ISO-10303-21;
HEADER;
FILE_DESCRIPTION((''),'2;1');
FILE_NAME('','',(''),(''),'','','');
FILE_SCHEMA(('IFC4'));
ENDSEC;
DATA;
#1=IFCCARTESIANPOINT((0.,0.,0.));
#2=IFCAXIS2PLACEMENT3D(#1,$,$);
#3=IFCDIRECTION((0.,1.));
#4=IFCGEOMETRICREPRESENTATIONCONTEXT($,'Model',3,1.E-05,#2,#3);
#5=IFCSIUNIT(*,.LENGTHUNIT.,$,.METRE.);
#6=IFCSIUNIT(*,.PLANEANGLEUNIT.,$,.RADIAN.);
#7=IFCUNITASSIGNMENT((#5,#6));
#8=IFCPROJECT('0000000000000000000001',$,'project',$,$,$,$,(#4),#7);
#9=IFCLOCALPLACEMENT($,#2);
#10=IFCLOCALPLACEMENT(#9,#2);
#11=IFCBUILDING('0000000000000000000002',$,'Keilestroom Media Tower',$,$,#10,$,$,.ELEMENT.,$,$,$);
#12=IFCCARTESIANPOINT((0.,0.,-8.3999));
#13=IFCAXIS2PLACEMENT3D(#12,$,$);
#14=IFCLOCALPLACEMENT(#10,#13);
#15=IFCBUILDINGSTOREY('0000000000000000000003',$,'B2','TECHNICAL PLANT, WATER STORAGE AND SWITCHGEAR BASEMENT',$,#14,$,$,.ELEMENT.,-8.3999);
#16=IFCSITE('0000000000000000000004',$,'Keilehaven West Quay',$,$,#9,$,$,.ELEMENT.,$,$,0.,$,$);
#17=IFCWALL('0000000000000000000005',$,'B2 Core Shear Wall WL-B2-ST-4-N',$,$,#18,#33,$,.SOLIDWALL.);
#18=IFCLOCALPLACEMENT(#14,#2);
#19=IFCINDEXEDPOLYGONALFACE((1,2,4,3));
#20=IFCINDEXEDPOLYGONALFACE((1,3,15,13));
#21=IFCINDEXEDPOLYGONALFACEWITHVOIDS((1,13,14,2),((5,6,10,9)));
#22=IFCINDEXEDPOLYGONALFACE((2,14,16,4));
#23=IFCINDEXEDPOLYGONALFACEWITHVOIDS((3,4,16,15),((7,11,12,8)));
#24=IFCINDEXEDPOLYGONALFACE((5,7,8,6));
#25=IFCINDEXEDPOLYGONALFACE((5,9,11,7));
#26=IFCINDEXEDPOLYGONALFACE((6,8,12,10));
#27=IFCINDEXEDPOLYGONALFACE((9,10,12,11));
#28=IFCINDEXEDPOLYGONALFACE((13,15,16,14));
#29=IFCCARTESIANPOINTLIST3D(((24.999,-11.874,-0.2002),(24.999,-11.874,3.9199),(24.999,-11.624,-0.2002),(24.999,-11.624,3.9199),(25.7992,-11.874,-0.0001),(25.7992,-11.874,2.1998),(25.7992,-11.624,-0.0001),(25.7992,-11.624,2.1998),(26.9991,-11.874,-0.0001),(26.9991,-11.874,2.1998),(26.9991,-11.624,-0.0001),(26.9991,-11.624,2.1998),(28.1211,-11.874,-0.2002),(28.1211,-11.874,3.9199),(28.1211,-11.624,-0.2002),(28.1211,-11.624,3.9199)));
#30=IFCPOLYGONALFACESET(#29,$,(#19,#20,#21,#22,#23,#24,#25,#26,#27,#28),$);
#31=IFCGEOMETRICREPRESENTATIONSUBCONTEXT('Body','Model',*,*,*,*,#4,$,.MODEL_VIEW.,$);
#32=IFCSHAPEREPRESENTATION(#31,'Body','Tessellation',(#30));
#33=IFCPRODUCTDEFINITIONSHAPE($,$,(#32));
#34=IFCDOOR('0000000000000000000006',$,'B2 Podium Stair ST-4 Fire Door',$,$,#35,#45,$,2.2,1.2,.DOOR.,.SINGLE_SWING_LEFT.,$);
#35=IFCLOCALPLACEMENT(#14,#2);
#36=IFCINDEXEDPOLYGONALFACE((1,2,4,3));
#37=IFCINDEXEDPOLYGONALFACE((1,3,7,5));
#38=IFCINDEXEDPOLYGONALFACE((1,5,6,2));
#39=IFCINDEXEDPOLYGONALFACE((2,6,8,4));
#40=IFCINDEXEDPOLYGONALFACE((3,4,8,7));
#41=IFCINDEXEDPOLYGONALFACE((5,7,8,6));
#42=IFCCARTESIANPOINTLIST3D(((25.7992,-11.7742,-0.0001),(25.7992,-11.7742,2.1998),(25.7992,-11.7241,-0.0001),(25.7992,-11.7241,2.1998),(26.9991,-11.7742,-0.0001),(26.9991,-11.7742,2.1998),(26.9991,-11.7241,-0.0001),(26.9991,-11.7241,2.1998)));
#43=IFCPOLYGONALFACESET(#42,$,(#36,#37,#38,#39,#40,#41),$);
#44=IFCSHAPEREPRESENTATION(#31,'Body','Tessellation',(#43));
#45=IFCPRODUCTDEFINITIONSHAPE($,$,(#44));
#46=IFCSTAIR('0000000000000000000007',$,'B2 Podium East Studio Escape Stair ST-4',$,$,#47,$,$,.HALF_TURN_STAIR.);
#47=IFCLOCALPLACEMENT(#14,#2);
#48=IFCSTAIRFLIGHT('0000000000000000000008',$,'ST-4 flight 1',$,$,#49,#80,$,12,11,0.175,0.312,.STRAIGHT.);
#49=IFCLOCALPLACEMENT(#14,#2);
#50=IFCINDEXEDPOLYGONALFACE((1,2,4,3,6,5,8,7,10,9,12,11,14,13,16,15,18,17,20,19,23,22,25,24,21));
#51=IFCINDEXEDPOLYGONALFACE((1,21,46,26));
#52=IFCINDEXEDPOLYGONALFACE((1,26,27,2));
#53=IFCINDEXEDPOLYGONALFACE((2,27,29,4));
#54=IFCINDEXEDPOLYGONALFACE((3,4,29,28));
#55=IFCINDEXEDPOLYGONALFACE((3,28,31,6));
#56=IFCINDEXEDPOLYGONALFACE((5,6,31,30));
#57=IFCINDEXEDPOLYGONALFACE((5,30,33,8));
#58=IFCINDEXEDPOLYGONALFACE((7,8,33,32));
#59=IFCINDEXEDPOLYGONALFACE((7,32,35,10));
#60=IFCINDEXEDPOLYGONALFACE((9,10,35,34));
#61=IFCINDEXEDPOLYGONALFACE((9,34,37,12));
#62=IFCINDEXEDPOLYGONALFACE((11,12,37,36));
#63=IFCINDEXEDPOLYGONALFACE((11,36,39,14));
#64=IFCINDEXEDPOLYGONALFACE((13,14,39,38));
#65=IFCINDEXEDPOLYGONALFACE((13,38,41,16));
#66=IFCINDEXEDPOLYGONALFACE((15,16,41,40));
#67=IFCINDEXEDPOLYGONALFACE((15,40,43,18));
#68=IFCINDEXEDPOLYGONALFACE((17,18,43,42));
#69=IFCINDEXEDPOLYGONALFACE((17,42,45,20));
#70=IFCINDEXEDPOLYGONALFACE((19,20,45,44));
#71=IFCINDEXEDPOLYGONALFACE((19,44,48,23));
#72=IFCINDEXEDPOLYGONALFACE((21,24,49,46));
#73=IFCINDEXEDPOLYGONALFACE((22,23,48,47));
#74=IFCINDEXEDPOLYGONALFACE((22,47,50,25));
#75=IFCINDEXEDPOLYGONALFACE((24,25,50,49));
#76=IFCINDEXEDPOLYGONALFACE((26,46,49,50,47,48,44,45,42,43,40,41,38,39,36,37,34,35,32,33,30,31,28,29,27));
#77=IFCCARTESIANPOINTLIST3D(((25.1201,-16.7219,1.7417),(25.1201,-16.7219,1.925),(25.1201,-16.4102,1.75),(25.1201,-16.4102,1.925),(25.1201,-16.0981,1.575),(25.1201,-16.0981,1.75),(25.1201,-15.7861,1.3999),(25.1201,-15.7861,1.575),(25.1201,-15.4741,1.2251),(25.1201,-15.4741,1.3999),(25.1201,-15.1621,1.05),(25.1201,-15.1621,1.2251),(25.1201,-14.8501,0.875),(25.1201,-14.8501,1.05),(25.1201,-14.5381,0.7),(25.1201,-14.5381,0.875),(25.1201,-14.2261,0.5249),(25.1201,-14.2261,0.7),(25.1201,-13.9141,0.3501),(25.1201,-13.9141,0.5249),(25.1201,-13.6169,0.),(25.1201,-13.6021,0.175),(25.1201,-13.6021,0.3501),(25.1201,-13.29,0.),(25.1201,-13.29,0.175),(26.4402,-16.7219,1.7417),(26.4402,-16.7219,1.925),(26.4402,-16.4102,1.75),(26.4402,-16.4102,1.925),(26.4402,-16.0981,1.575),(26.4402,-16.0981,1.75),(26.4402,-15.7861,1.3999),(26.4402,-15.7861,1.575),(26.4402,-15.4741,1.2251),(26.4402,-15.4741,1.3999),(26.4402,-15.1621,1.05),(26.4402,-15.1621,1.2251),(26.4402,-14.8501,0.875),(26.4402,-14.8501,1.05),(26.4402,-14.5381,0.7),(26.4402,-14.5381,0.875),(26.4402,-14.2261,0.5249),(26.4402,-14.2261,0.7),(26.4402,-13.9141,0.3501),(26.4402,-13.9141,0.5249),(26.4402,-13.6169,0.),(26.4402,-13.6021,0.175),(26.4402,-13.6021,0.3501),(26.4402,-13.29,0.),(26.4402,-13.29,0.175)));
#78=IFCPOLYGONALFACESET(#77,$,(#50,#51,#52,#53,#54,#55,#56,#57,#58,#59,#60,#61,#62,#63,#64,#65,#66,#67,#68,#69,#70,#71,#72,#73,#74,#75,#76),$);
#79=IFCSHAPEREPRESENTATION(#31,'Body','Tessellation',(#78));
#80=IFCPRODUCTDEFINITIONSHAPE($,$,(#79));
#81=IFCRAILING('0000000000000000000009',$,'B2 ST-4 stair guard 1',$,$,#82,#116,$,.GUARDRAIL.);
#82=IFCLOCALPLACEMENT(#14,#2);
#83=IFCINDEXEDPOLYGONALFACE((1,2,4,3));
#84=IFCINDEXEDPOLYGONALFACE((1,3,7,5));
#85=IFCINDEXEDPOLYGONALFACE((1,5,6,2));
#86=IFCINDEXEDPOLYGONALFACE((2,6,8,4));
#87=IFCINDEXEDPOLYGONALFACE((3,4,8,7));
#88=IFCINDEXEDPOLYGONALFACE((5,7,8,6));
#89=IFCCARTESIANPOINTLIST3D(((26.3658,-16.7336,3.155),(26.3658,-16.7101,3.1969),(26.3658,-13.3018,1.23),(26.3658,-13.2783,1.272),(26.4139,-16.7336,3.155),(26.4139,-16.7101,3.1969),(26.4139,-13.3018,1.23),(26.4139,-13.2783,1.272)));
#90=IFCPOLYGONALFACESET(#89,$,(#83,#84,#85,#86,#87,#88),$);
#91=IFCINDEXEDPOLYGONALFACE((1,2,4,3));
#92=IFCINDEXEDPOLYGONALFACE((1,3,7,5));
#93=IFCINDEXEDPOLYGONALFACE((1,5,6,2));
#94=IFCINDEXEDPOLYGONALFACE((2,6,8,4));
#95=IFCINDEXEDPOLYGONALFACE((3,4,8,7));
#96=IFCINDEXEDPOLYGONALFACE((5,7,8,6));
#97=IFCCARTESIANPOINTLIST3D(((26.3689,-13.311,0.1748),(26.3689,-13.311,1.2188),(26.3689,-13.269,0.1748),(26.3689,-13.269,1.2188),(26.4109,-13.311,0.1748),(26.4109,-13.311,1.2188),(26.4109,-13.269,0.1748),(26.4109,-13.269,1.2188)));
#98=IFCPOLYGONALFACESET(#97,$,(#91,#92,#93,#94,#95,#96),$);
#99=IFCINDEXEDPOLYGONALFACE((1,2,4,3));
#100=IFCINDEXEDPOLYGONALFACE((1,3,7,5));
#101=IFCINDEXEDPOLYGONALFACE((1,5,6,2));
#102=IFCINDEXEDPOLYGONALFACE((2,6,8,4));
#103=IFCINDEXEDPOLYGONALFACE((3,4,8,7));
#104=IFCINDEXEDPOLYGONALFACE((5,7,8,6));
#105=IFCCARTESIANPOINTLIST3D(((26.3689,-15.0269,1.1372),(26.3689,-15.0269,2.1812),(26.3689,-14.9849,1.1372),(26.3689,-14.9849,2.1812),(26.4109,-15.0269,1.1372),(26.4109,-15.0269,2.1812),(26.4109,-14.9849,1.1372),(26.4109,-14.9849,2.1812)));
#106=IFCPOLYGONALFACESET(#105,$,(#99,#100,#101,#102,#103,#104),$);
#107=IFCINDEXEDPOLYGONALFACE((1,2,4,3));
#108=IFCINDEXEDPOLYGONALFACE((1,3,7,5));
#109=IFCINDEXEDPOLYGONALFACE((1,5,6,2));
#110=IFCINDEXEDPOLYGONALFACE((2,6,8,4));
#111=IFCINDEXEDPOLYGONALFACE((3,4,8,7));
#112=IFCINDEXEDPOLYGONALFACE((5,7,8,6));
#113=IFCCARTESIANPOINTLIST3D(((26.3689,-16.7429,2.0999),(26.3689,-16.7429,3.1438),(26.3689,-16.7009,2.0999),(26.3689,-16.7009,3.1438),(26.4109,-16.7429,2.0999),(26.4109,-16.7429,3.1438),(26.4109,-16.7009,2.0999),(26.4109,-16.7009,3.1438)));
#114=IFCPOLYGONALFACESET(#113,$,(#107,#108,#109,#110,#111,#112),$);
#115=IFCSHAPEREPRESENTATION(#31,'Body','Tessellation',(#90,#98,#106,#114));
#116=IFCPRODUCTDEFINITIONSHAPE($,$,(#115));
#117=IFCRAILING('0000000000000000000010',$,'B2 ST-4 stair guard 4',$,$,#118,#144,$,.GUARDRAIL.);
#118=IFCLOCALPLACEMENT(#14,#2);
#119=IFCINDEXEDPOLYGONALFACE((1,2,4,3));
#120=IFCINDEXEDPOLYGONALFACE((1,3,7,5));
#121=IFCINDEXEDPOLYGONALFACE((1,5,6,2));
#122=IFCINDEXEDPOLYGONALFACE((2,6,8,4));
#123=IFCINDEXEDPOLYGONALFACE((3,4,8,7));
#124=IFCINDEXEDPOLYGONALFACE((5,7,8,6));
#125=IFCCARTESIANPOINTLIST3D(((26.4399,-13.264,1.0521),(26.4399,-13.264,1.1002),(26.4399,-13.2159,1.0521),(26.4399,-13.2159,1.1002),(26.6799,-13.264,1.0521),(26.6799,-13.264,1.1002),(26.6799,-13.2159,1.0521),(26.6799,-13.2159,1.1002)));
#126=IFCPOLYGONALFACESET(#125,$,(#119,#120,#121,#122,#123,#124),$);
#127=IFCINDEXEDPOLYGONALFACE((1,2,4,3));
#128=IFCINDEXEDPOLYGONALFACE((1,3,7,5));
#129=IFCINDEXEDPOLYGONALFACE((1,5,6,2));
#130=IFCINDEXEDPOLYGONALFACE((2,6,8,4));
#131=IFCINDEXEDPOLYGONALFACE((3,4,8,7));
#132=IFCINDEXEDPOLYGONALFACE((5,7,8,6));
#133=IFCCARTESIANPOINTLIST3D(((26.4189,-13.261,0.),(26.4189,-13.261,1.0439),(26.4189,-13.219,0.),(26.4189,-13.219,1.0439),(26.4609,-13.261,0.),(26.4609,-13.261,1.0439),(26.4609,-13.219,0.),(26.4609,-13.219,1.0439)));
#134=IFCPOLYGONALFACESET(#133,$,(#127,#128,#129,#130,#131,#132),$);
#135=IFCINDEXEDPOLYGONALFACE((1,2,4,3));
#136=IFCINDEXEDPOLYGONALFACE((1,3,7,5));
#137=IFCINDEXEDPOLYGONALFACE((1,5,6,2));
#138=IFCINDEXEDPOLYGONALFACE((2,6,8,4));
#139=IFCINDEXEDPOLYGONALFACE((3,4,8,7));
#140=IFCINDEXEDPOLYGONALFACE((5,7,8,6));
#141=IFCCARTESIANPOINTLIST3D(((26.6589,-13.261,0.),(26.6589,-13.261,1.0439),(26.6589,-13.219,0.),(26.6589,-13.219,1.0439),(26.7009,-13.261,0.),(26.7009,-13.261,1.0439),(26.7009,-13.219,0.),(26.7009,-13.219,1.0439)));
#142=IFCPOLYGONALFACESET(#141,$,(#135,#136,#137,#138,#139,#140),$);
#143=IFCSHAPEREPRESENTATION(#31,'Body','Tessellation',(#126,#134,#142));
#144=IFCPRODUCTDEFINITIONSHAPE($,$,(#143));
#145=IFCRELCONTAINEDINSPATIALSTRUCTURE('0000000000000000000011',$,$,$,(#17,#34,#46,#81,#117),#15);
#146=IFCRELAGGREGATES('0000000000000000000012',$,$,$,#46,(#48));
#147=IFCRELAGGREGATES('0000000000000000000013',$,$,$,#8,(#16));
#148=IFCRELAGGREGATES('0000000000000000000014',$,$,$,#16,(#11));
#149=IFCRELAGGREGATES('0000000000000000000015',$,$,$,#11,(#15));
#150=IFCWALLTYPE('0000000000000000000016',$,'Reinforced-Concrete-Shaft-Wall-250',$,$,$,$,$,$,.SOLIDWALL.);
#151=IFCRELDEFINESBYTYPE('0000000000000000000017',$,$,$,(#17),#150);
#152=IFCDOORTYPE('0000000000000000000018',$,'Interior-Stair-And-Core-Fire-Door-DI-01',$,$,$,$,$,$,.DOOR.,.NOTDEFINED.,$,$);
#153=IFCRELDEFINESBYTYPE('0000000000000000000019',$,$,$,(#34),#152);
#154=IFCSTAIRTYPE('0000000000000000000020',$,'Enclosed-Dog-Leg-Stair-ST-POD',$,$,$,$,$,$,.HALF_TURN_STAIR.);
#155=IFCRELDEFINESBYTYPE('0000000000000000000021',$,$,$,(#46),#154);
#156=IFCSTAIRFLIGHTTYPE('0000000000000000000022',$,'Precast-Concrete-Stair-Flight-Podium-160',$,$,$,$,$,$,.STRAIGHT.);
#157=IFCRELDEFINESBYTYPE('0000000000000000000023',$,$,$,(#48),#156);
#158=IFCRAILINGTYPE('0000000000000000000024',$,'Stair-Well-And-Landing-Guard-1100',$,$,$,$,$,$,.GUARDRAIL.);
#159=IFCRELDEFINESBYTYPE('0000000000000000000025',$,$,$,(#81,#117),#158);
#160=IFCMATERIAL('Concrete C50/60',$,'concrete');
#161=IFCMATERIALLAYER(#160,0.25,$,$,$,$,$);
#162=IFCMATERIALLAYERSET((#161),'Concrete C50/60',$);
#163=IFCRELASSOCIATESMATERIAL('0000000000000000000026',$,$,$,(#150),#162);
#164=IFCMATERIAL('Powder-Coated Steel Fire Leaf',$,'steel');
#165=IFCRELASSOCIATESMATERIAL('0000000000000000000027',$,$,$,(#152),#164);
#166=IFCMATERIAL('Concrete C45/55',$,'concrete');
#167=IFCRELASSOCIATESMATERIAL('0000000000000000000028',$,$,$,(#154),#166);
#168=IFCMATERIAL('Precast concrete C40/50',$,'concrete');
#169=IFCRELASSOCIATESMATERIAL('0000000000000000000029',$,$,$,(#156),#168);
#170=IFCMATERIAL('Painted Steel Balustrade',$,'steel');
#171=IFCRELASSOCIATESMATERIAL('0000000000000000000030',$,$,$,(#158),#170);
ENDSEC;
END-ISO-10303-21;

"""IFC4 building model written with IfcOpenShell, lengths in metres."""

from ifc_helpers import new_model, si_unit, direction, frame, frame_2d, origin, origin_2d, place, context, subcontext, project, spatial, polyline, rectangle, outline, extrude, source, transform, mapped, material, layer, layer_set, type_object, element, fill, aggregate, save


model = new_model("IFC4")

# Units and contexts
model_context = context("Model", 3, precision=1e-05, world=origin(), true_north=direction((0.0, 1.0)))
body_context = subcontext(model_context, "Body", "Model", "MODEL_VIEW")
ifc_project = project(units=[si_unit("LENGTHUNIT", "METRE"), si_unit("PLANEANGLEUNIT", "RADIAN")], contexts=[model_context])

# Site, building, storey
site_placement = place(None, origin())
site = spatial("IfcSite", under=ifc_project, at=site_placement, Name="Keilehaven West Quay", CompositionType="ELEMENT", RefElevation=0.0)
building_placement = place(site_placement, origin())
building = spatial("IfcBuilding", under=site, at=building_placement, Name="Keilestroom Media Tower", CompositionType="ELEMENT")
storey_placement = place(building_placement, frame((0.0, 0.0, -8.3999)))
storey = spatial("IfcBuildingStorey", under=building, at=storey_placement, Name="B2", Description="TECHNICAL PLANT, WATER STORAGE AND SWITCHGEAR BASEMENT", CompositionType="ELEMENT", Elevation=-8.3999)

# Shared definitions
ifc_material_1 = material(Name="Concrete C45/55", Category="concrete")

# Shared definitions
ifc_material_2 = material(Name="Precast concrete C40/50", Category="concrete")

# Wall, opening, door
ifc_material_3 = material(Name="Powder-Coated Steel Fire Leaf", Category="steel")
shared_shape_1 = source(origin(), body_context, "Body", "SweptSolid", [
    extrude(rectangle(XDim=1.2, YDim=2.2, at=frame_2d((0.6001, 1.1001))), frame((0.0, 0.0249, 0.0), z_axis=(0.0, -1.0, 0.0), x_axis=(1.0, 0.0, 0.0)), (0.0, 0.0, 1.0), 0.05),
])
ifc_material_4 = material(Name="Concrete C50/60", Category="concrete")
ifc_layer_1 = layer(ifc_material_4, 0.25)
ifc_layer_set_1 = layer_set([ifc_layer_1], Name="Concrete C50/60")
wall_type_1 = type_object("IfcWallType", Name="Reinforced-Concrete-Shaft-Wall-250", PredefinedType="SOLIDWALL", material=ifc_layer_set_1)
wall_1_placement = place(storey_placement, frame((24.999, -11.749, -0.2002), z_axis=(0.0, 0.0, 1.0), x_axis=(1.0, 0.0, 0.0)))
wall_1 = element("IfcWall", 1, at=wall_1_placement, inside=storey, type_object=wall_type_1, Name="B2 Core Shear Wall WL-B2-ST-4-N", PredefinedType="SOLIDWALL", context=body_context, shape_type="SweptSolid", body=[
    extrude(rectangle(XDim=3.1221, YDim=0.25, at=frame_2d((1.561, 0.0))), origin(), (0.0, 0.0, 1.0), 4.1201),
])
opening_1_placement = place(wall_1_placement, frame((0.8, 0.0, 0.2)))
opening_1 = element("IfcOpeningElement", 2, at=opening_1_placement, cuts=wall_1, PredefinedType="OPENING", context=body_context, shape_type="SweptSolid", body=[
    extrude(rectangle(XDim=1.2, YDim=2.2, at=frame_2d((0.6001, 1.1001))), frame((0.0, 0.135, 0.0), z_axis=(0.0, -1.0, 0.0), x_axis=(1.0, 0.0, 0.0)), (0.0, 0.0, 1.0), 0.27),
])
door_type_1 = type_object("IfcDoorType", Name="Interior-Stair-And-Core-Fire-Door-DI-01", OperationType="NOTDEFINED", PredefinedType="DOOR", material=ifc_material_3)
door_1_placement = place(opening_1_placement, origin())
door_1 = element("IfcDoor", 3, at=door_1_placement, inside=storey, type_object=door_type_1, Name="B2 Podium Stair ST-4 Fire Door", OperationType="SINGLE_SWING_LEFT", OverallHeight=2.2, OverallWidth=1.2, PredefinedType="DOOR", context=body_context, shape_type="MappedRepresentation", body=[
    mapped(shared_shape_1, transform((0.0, 0.0, 0.0), x_axis=(1.0, 0.0, 0.0), y_axis=(0.0, 1.0, 0.0), z_axis=(0.0, 0.0, 1.0), scale=1.0)),
])
fill(opening_1, door_1)

# Stair, stair flight
stair_type = type_object("IfcStairType", Name="Enclosed-Dog-Leg-Stair-ST-POD", PredefinedType="HALF_TURN_STAIR", material=ifc_material_1)
stair_placement = place(storey_placement, origin())
stair = element("IfcStair", 4, at=stair_placement, inside=storey, type_object=stair_type, Name="B2 Podium East Studio Escape Stair ST-4", PredefinedType="HALF_TURN_STAIR")
stair_flight_type = type_object("IfcStairFlightType", Name="Precast-Concrete-Stair-Flight-Podium-160", PredefinedType="STRAIGHT", material=ifc_material_2)
stair_flight_placement = place(storey_placement, frame((25.78, -13.29, 0.0), z_axis=(0.0, 0.0, 1.0), x_axis=(0.0, -1.0, 0.0)))
stair_flight = element("IfcStairFlight", 5, at=stair_flight_placement, type_object=stair_flight_type, Name="ST-4 flight 1", NumberOfRisers=12, NumberOfTreads=11, PredefinedType="STRAIGHT", RiserHeight=0.175, TreadLength=0.312, context=body_context, shape_type="SweptSolid", body=[
    extrude(outline(polyline([(0.0, 0.0), (0.0, 0.175), (0.312, 0.175), (0.312, 0.3501), (0.624, 0.3501), (0.624, 0.5249), (0.936, 0.5249), (0.936, 0.7), (1.248, 0.7), (1.248, 0.875), (1.5601, 0.875), (1.5601, 1.05), (1.8721, 1.05), (1.8721, 1.2251), (2.1841, 1.2251), (2.1841, 1.3999), (2.4961, 1.3999), (2.4961, 1.575), (2.8081, 1.575), (2.8081, 1.75), (3.1201, 1.75), (3.1201, 1.925), (3.4319, 1.925), (3.4319, 2.1001), (3.4319, 1.7417), (0.3269, 0.0), (0.0, 0.0)])), frame((0.0, 0.6602, 0.0), z_axis=(0.0, -1.0, 0.0), x_axis=(1.0, 0.0, 0.0)), (0.0, 0.0, 1.0), 1.3201),
])
aggregate(stair, [stair_flight])

# Railings
ifc_material_5 = material(Name="Painted Steel Balustrade", Category="steel")
railing_type = type_object("IfcRailingType", Name="Stair-Well-And-Landing-Guard-1100", PredefinedType="GUARDRAIL", material=ifc_material_5)
railing_1_placement = place(storey_placement, frame((26.3899, -13.29, 0.1748)))
element("IfcRailing", 6, at=railing_1_placement, inside=storey, type_object=railing_type, Name="B2 ST-4 stair guard 1", PredefinedType="GUARDRAIL", context=body_context, shape_type="SweptSolid", body=[
    extrude(rectangle(XDim=0.0481, YDim=0.0481, at=origin_2d()), frame((0.0, 0.0, 1.0762), z_axis=(0.0, -0.87216, 0.489221), x_axis=(1.0, 0.0, 0.0)), (0.0, 0.0, 1.0), 3.9348),
    extrude(rectangle(XDim=0.042, YDim=0.042, at=origin_2d()), origin(), (0.0, 0.0, 1.0), 1.0439),
    extrude(rectangle(XDim=0.042, YDim=0.042, at=origin_2d()), frame((0.0, -1.7158, 0.9624)), (0.0, 0.0, 1.0), 1.0439),
    extrude(rectangle(XDim=0.042, YDim=0.042, at=origin_2d()), frame((0.0, -3.4319, 1.925)), (0.0, 0.0, 1.0), 1.0439),
])
railing_2_placement = place(storey_placement, frame((26.4399, -13.24, 0.0)))
element("IfcRailing", 7, at=railing_2_placement, inside=storey, type_object=railing_type, Name="B2 ST-4 stair guard 4", PredefinedType="GUARDRAIL", context=body_context, shape_type="SweptSolid", body=[
    extrude(rectangle(XDim=0.0481, YDim=0.0481, at=origin_2d()), frame((0.0, 0.0, 1.0762), z_axis=(1.0, 0.0, 0.0), x_axis=(0.0, 1.0, 0.0)), (0.0, 0.0, 1.0), 0.24),
    extrude(rectangle(XDim=0.042, YDim=0.042, at=origin_2d()), origin(), (0.0, 0.0, 1.0), 1.0439),
    extrude(rectangle(XDim=0.042, YDim=0.042, at=origin_2d()), frame((0.24, 0.0, 0.0)), (0.0, 0.0, 1.0), 1.0439),
])

save(model, "model.ifc")
